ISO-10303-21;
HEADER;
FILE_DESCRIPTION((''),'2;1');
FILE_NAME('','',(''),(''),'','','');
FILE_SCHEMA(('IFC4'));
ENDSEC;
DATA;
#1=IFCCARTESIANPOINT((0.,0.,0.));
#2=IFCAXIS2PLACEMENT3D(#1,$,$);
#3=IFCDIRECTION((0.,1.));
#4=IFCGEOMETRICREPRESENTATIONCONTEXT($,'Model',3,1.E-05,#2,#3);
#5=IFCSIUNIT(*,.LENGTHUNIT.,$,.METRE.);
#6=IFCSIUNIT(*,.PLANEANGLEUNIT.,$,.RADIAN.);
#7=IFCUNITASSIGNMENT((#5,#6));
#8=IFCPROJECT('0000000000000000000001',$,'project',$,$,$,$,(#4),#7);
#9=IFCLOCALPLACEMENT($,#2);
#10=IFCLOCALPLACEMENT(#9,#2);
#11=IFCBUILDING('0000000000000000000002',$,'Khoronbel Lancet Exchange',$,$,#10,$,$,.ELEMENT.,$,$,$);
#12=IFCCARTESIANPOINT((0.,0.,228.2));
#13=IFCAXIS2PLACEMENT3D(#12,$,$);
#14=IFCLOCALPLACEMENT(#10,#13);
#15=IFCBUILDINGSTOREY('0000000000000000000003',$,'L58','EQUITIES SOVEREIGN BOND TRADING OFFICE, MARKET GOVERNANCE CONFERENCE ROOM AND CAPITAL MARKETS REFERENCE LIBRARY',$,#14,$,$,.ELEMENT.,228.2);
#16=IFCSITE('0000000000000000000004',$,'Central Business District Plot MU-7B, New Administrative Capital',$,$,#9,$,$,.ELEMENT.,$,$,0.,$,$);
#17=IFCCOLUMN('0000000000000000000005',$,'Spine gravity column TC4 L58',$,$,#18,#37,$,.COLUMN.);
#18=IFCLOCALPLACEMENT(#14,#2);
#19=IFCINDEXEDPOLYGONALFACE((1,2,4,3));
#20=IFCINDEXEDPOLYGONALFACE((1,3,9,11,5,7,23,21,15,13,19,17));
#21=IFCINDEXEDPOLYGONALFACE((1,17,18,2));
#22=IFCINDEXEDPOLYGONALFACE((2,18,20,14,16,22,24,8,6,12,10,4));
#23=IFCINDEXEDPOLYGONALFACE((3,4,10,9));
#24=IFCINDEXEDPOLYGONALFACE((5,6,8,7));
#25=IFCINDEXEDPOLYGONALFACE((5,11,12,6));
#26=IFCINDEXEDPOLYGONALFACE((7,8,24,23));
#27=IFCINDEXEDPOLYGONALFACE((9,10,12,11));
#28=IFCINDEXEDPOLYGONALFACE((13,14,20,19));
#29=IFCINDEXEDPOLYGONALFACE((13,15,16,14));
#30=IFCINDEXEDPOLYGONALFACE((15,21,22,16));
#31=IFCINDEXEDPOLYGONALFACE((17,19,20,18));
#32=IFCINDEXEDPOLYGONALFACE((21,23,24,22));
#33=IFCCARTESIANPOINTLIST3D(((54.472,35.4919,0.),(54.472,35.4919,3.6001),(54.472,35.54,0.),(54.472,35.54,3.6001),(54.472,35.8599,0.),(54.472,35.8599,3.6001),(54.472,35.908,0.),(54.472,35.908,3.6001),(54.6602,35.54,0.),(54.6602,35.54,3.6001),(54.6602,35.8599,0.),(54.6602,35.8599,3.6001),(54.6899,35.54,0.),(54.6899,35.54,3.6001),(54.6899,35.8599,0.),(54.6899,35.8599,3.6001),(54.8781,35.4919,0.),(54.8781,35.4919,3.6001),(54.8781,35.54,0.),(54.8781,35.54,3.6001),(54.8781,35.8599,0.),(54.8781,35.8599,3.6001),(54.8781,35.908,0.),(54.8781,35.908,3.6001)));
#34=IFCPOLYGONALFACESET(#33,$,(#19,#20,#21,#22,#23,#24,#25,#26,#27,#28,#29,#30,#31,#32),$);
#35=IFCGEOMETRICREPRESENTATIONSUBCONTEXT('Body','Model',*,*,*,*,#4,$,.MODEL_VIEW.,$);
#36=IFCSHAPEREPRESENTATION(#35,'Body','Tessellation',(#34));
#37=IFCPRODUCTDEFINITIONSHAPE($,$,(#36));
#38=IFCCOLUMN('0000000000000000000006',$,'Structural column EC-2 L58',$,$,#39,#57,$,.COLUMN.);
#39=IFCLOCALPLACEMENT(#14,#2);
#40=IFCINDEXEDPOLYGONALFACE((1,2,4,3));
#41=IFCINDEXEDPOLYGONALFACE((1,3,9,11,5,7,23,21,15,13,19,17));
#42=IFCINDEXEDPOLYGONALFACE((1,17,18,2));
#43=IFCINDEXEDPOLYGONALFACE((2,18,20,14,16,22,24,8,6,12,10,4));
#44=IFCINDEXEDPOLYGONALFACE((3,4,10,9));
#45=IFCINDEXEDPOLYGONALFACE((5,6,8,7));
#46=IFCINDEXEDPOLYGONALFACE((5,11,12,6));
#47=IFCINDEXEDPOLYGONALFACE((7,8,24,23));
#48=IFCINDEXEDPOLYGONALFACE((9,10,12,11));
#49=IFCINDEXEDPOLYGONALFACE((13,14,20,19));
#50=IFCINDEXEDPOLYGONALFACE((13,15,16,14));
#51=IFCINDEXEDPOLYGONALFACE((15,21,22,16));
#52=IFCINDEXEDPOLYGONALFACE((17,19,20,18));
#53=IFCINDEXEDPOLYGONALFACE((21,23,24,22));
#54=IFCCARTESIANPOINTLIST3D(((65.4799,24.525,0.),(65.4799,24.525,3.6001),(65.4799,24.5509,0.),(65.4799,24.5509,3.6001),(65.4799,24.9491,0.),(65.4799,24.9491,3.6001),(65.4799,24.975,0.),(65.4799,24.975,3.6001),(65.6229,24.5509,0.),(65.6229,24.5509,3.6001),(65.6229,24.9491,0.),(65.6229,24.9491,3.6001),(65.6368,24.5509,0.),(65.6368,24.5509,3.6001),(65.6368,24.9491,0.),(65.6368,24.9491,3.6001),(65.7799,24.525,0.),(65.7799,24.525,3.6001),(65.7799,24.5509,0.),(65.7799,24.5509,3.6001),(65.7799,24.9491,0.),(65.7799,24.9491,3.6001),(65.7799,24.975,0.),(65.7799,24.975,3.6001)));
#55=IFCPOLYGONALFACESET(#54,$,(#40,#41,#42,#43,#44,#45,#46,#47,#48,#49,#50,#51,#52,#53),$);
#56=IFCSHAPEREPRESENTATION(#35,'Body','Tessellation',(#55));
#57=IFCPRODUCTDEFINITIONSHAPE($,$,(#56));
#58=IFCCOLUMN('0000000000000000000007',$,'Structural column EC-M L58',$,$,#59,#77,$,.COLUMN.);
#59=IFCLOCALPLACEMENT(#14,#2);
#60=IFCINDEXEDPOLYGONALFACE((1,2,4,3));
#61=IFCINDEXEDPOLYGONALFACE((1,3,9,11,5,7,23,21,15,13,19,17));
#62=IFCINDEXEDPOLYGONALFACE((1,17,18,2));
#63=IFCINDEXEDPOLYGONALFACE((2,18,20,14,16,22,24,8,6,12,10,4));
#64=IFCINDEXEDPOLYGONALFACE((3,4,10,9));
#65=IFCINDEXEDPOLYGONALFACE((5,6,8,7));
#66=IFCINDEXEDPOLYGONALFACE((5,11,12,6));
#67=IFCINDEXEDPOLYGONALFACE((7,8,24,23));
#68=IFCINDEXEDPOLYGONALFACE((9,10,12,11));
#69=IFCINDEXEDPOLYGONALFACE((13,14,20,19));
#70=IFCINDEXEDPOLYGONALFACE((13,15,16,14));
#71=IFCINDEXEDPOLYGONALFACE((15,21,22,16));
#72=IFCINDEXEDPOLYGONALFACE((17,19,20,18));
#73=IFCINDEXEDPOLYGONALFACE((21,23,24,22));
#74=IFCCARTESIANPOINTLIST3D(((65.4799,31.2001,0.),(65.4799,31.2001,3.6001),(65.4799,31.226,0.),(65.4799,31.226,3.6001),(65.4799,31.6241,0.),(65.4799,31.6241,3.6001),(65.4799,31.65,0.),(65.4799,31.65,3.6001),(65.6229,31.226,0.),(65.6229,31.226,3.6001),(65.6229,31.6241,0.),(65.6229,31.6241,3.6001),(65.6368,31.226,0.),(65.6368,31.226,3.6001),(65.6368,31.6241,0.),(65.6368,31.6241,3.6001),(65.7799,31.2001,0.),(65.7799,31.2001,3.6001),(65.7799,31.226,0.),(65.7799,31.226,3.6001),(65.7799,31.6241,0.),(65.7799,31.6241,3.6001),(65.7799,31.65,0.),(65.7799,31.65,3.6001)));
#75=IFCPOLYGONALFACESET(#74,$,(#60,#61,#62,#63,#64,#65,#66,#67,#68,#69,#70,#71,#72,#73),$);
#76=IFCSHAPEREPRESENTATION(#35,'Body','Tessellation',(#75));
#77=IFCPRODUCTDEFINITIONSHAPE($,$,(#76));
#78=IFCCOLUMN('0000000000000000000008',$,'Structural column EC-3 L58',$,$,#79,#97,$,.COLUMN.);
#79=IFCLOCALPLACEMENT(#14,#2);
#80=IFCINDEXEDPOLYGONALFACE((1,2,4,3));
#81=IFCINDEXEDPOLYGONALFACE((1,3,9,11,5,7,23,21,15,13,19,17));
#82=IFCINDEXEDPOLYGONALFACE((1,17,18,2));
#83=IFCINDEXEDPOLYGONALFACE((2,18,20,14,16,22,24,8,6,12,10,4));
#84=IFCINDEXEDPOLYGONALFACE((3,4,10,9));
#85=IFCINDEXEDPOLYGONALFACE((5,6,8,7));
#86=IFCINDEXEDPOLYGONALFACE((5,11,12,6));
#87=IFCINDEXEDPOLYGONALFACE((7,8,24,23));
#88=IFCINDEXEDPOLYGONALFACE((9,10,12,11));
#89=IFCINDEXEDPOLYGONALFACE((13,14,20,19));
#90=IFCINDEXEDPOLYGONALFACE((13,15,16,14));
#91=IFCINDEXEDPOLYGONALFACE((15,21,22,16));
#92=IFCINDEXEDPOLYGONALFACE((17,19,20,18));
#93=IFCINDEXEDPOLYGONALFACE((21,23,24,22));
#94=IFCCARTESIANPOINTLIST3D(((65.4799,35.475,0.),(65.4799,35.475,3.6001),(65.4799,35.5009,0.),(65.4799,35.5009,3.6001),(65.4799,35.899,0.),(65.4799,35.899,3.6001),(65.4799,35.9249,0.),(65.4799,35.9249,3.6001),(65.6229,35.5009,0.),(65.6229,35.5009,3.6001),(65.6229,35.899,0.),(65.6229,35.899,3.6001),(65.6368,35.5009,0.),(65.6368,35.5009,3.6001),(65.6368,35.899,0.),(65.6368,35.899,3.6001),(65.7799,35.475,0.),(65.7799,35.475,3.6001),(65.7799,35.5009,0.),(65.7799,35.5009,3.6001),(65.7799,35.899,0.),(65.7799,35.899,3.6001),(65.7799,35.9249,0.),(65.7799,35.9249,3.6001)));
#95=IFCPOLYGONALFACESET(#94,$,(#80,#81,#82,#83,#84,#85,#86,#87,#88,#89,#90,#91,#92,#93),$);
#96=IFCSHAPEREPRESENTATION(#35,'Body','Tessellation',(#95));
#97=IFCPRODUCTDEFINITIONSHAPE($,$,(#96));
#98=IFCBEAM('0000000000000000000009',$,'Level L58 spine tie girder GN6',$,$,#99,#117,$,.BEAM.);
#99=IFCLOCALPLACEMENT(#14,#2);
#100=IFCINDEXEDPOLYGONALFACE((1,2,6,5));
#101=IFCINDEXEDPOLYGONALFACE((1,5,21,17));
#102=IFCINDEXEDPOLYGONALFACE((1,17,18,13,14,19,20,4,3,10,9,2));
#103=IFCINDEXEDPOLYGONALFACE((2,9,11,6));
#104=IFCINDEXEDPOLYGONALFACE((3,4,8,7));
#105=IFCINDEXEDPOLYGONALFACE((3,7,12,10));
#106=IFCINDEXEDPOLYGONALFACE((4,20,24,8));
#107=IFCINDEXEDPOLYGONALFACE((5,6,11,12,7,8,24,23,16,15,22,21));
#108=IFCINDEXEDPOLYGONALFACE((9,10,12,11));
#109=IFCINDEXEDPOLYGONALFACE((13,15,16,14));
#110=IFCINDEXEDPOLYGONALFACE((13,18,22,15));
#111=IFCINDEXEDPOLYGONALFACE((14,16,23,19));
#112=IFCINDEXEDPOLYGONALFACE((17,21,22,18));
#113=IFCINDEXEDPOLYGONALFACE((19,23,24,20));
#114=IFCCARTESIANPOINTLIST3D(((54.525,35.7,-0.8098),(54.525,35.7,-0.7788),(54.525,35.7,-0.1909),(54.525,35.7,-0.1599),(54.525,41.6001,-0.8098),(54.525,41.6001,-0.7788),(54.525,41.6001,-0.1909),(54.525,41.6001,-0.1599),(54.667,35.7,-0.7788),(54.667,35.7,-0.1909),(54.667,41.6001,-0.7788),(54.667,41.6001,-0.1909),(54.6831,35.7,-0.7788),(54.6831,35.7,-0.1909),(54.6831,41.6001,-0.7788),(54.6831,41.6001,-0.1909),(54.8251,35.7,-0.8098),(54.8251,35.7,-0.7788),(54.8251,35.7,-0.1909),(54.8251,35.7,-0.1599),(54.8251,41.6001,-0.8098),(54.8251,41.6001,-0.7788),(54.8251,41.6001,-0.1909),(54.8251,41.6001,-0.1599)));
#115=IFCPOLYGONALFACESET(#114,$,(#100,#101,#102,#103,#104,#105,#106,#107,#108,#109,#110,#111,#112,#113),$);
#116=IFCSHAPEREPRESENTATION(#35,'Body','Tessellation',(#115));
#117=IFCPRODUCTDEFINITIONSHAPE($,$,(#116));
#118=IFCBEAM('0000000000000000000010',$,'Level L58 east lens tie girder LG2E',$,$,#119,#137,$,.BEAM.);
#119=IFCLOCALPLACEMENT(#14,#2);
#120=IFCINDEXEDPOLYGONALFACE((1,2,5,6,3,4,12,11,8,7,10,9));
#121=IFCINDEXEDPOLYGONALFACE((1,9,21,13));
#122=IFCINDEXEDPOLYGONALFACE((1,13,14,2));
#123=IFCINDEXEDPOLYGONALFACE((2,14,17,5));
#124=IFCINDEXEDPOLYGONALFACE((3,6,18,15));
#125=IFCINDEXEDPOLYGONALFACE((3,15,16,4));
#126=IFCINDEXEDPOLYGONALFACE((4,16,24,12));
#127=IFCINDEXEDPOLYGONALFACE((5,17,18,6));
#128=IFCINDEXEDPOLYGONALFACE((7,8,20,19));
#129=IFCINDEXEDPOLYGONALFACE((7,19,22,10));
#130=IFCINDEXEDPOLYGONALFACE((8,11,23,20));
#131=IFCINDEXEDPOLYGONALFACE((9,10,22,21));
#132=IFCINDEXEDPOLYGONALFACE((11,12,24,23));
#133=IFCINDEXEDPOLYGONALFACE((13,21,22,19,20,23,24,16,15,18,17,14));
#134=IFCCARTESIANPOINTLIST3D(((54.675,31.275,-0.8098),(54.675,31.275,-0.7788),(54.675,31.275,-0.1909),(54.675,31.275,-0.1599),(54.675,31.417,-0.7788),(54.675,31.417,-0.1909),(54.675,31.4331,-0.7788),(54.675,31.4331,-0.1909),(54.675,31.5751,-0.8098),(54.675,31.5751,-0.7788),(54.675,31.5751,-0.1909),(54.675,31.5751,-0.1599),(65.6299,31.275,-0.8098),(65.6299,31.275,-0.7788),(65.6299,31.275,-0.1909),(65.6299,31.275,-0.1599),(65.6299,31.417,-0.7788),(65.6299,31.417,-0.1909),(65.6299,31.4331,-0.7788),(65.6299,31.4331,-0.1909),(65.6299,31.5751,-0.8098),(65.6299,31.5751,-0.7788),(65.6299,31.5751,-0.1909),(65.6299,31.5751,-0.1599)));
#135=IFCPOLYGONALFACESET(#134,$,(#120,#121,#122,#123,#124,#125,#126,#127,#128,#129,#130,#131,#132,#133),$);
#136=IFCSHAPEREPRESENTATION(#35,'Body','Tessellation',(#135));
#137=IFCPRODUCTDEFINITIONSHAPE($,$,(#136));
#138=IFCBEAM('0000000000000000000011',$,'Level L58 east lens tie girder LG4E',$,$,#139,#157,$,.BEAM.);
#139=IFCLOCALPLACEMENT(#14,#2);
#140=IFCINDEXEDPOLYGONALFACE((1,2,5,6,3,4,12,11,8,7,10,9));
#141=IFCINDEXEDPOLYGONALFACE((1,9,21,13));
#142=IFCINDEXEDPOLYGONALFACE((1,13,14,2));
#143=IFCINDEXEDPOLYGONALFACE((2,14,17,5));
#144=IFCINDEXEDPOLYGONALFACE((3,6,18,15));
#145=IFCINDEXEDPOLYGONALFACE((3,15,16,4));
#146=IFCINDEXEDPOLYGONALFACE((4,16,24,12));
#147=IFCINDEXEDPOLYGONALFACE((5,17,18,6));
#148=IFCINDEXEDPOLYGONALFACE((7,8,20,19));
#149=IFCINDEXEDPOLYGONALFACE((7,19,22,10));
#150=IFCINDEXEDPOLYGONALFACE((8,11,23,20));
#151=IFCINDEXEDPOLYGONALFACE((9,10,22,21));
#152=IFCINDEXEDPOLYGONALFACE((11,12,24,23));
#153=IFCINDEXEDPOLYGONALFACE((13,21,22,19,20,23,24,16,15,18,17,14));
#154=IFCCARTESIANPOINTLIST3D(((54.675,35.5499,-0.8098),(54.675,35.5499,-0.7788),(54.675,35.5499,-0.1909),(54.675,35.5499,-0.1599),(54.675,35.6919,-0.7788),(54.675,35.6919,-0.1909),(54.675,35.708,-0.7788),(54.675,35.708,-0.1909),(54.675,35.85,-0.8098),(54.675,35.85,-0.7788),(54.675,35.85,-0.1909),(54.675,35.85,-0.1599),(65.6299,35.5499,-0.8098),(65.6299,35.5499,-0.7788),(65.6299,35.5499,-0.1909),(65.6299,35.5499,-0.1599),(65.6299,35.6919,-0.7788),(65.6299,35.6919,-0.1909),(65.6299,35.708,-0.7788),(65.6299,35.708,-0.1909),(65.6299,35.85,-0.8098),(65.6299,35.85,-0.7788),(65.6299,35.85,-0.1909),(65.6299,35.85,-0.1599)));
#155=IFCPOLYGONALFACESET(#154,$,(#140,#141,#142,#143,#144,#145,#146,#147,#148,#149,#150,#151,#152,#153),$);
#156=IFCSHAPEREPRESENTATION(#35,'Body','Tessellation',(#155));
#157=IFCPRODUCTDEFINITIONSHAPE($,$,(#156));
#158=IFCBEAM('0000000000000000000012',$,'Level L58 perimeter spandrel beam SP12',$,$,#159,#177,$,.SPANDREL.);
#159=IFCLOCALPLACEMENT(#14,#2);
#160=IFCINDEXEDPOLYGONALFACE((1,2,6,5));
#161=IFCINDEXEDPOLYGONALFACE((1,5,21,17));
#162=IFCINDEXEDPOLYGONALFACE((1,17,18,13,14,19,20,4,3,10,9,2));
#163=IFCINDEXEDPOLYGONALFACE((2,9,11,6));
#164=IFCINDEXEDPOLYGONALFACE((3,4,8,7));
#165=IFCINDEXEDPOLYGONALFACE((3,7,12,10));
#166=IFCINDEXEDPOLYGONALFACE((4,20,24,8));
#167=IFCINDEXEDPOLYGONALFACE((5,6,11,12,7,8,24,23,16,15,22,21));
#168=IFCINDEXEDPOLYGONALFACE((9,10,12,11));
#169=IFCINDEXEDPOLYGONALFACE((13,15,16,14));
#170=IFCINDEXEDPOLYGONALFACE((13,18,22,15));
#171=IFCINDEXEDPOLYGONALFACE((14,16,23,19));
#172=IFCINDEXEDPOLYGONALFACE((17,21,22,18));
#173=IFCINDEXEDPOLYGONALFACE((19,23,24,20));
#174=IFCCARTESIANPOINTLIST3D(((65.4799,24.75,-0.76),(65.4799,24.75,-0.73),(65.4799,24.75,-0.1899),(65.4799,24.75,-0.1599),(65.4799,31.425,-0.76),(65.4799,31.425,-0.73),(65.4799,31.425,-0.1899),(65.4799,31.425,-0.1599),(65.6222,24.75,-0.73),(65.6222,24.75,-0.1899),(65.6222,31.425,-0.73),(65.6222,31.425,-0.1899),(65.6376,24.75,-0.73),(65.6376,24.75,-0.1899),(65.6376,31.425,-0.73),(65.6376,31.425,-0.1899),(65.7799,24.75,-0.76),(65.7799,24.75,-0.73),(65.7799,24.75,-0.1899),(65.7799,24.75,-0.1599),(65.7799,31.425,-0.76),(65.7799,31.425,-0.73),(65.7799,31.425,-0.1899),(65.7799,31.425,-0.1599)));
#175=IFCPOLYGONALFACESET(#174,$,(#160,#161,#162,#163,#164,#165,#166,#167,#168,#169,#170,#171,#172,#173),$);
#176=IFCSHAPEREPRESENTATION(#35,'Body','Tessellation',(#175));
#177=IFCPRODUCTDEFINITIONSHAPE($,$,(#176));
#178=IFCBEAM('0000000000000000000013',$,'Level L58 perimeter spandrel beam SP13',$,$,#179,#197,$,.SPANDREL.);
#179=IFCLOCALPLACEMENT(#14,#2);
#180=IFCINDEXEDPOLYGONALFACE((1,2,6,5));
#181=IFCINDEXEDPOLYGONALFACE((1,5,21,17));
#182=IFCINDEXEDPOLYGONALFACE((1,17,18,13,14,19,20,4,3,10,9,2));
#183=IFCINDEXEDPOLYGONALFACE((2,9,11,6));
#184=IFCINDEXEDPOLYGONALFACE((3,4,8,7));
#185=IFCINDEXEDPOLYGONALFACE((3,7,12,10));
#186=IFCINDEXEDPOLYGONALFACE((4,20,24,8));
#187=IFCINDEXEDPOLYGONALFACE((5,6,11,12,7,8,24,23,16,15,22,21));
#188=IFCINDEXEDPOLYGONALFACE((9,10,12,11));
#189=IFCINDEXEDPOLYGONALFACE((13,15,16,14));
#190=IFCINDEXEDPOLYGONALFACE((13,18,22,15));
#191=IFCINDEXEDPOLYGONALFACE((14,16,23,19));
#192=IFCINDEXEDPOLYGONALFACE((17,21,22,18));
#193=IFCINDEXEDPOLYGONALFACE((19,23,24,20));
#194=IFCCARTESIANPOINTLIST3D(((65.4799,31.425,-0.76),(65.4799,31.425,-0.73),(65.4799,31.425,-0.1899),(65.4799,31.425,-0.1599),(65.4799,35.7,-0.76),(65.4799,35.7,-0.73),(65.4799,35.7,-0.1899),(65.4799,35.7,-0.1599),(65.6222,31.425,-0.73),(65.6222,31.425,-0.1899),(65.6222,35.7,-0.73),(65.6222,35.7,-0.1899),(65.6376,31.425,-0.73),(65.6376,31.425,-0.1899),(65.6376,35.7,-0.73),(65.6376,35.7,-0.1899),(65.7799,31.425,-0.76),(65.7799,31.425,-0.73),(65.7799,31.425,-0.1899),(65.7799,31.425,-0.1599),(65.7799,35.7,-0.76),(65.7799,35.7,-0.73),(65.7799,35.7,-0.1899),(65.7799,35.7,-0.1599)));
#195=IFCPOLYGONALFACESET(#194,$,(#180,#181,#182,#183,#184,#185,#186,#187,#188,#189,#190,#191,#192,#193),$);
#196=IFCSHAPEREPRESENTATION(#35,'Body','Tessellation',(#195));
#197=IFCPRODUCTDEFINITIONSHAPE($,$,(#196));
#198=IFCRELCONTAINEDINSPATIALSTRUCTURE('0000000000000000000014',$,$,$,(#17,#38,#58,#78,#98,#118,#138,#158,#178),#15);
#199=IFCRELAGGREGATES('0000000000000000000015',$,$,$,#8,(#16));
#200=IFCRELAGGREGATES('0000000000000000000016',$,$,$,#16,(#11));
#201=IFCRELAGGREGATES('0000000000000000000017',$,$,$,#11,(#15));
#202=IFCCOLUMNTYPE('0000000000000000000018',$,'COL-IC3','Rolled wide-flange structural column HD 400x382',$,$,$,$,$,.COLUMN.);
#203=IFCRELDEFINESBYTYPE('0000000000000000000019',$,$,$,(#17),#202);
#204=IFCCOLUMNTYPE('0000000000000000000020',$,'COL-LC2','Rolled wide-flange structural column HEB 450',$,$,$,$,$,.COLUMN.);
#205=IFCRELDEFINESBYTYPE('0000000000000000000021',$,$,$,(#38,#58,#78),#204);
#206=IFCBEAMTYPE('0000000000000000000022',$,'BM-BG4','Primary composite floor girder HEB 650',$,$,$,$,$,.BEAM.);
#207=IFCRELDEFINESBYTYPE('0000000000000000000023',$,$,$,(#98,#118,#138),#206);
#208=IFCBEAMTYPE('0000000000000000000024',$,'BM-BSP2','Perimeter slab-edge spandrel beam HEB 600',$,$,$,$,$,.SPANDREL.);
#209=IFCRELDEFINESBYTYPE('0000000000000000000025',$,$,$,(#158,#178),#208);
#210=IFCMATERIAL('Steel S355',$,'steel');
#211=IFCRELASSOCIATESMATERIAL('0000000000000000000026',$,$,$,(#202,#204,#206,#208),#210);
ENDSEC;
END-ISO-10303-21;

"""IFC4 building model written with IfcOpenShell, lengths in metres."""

from ifc_helpers import new_model, si_unit, direction, frame, origin, origin_2d, place, context, subcontext, project, spatial, i_section, extrude, material, material_profile, profile_set, type_object, element, save


model = new_model("IFC4")

# Units and contexts
model_context = context("Model", 3, precision=1e-05, world=origin(), true_north=direction((0.0, 1.0)))
body_context = subcontext(model_context, "Body", "Model", "MODEL_VIEW")
ifc_project = project(units=[si_unit("LENGTHUNIT", "METRE"), si_unit("PLANEANGLEUNIT", "RADIAN")], contexts=[model_context])

# Site, building, storey
site_placement = place(None, origin())
site = spatial("IfcSite", under=ifc_project, at=site_placement, Name="Central Business District Plot MU-7B, New Administrative Capital", CompositionType="ELEMENT", RefElevation=0.0)
building_placement = place(site_placement, origin())
building = spatial("IfcBuilding", under=site, at=building_placement, Name="Khoronbel Lancet Exchange", CompositionType="ELEMENT")
storey_placement = place(building_placement, frame((0.0, 0.0, 228.2)))
storey = spatial("IfcBuildingStorey", under=building, at=storey_placement, Name="L58", Description="EQUITIES SOVEREIGN BOND TRADING OFFICE, MARKET GOVERNANCE CONFERENCE ROOM AND CAPITAL MARKETS REFERENCE LIBRARY", CompositionType="ELEMENT", Elevation=228.2)

# Columns
ifc_material_1 = material(Name="Steel S355", Category="steel")
ifc_material_profile_1 = material_profile(ifc_material_1, i_section(OverallWidth=0.406, OverallDepth=0.416, WebThickness=0.0298, FlangeThickness=0.0481, at=origin_2d()), Name="HD 400x382")
ifc_profile_set_1 = profile_set([ifc_material_profile_1], Name="Steel S355")
column_type_1 = type_object("IfcColumnType", Name="COL-IC3", Description="Rolled wide-flange structural column HD 400x382", PredefinedType="COLUMN", material=ifc_profile_set_1)
column_placement = place(storey_placement, frame((54.675, 35.7, 0.0), z_axis=(0.0, 0.0, 1.0), x_axis=(1.0, 0.0, 0.0)))
element("IfcColumn", 1, at=column_placement, inside=storey, type_object=column_type_1, Name="Spine gravity column TC4 L58", PredefinedType="COLUMN", context=body_context, shape_type="SweptSolid", body=[
    extrude(i_section(OverallWidth=0.406, OverallDepth=0.416, WebThickness=0.0298, FlangeThickness=0.0481, at=origin_2d()), origin(), (0.0, 0.0, 1.0), 3.6001),
])
ifc_material_profile_2 = material_profile(ifc_material_1, i_section(OverallWidth=0.3, OverallDepth=0.45, WebThickness=0.0139, FlangeThickness=0.0259, at=origin_2d()), Name="HEB 450")
ifc_profile_set_2 = profile_set([ifc_material_profile_2], Name="Steel S355")
column_type_2 = type_object("IfcColumnType", Name="COL-LC2", Description="Rolled wide-flange structural column HEB 450", PredefinedType="COLUMN", material=ifc_profile_set_2)
for number, where, z_axis, x_axis, name in (
    (2, (65.6299, 24.75, 0.0), (0.0, 0.0, 1.0), (1.0, 0.0, 0.0), "Structural column EC-2 L58"),
    (3, (65.6299, 31.425, 0.0), (0.0, 0.0, 1.0), (1.0, 0.0, 0.0), "Structural column EC-M L58"),
    (4, (65.6299, 35.7, 0.0), (0.0, 0.0, 1.0), (1.0, 0.0, 0.0), "Structural column EC-3 L58"),
):
    element("IfcColumn", number, at=place(storey_placement, frame(where, z_axis=z_axis, x_axis=x_axis)), inside=storey, type_object=column_type_2, Name=name, PredefinedType="COLUMN", context=body_context, shape_type="SweptSolid", body=[
        extrude(i_section(OverallWidth=0.3, OverallDepth=0.45, WebThickness=0.0139, FlangeThickness=0.0259, at=origin_2d()), origin(), (0.0, 0.0, 1.0), 3.6001),
    ])

# Beams
ifc_material_profile_3 = material_profile(ifc_material_1, i_section(OverallWidth=0.3, OverallDepth=0.6499, WebThickness=0.0161, FlangeThickness=0.031, at=origin_2d()), Name="HEB 650")
ifc_profile_set_3 = profile_set([ifc_material_profile_3], Name="Steel S355")
beam_type_1 = type_object("IfcBeamType", Name="BM-BG4", Description="Primary composite floor girder HEB 650", PredefinedType="BEAM", material=ifc_profile_set_3)
beam_1_placement = place(storey_placement, frame((54.675, 35.7, -0.4849), z_axis=(0.0, 1.0, 0.0), x_axis=(-1.0, 0.0, 0.0)))
element("IfcBeam", 5, at=beam_1_placement, inside=storey, type_object=beam_type_1, Name="Level L58 spine tie girder GN6", PredefinedType="BEAM", context=body_context, shape_type="SweptSolid", body=[
    extrude(i_section(OverallWidth=0.3, OverallDepth=0.6499, WebThickness=0.0161, FlangeThickness=0.031, at=origin_2d()), origin(), (0.0, 0.0, 1.0), 5.9001),
])
for number, where, z_axis, x_axis, name in (
    (6, (54.675, 31.425, -0.4849), (1.0, 0.0, 0.0), (0.0, 1.0, 0.0), "Level L58 east lens tie girder LG2E"),
    (7, (54.675, 35.7, -0.4849), (1.0, 0.0, 0.0), (0.0, 1.0, 0.0), "Level L58 east lens tie girder LG4E"),
):
    element("IfcBeam", number, at=place(storey_placement, frame(where, z_axis=z_axis, x_axis=x_axis)), inside=storey, type_object=beam_type_1, Name=name, PredefinedType="BEAM", context=body_context, shape_type="SweptSolid", body=[
        extrude(i_section(OverallWidth=0.3, OverallDepth=0.6499, WebThickness=0.0161, FlangeThickness=0.031, at=origin_2d()), origin(), (0.0, 0.0, 1.0), 10.9548),
    ])
ifc_material_profile_4 = material_profile(ifc_material_1, i_section(OverallWidth=0.3, OverallDepth=0.6001, WebThickness=0.0154, FlangeThickness=0.03, at=origin_2d()), Name="HEB 600")
ifc_profile_set_4 = profile_set([ifc_material_profile_4], Name="Steel S355")
beam_type_2 = type_object("IfcBeamType", Name="BM-BSP2", Description="Perimeter slab-edge spandrel beam HEB 600", PredefinedType="SPANDREL", material=ifc_profile_set_4)
beam_2_placement = place(storey_placement, frame((65.6299, 24.75, -0.46), z_axis=(0.0, 1.0, 0.0), x_axis=(-1.0, 0.0, 0.0)))
element("IfcBeam", 8, at=beam_2_placement, inside=storey, type_object=beam_type_2, Name="Level L58 perimeter spandrel beam SP12", PredefinedType="SPANDREL", context=body_context, shape_type="SweptSolid", body=[
    extrude(i_section(OverallWidth=0.3, OverallDepth=0.6001, WebThickness=0.0154, FlangeThickness=0.03, at=origin_2d()), origin(), (0.0, 0.0, 1.0), 6.675),
])
beam_3_placement = place(storey_placement, frame((65.6299, 31.425, -0.46), z_axis=(0.0, 1.0, 0.0), x_axis=(-1.0, 0.0, 0.0)))
element("IfcBeam", 9, at=beam_3_placement, inside=storey, type_object=beam_type_2, Name="Level L58 perimeter spandrel beam SP13", PredefinedType="SPANDREL", context=body_context, shape_type="SweptSolid", body=[
    extrude(i_section(OverallWidth=0.3, OverallDepth=0.6001, WebThickness=0.0154, FlangeThickness=0.03, at=origin_2d()), origin(), (0.0, 0.0, 1.0), 4.2749),
])

save(model, "model.ifc")
